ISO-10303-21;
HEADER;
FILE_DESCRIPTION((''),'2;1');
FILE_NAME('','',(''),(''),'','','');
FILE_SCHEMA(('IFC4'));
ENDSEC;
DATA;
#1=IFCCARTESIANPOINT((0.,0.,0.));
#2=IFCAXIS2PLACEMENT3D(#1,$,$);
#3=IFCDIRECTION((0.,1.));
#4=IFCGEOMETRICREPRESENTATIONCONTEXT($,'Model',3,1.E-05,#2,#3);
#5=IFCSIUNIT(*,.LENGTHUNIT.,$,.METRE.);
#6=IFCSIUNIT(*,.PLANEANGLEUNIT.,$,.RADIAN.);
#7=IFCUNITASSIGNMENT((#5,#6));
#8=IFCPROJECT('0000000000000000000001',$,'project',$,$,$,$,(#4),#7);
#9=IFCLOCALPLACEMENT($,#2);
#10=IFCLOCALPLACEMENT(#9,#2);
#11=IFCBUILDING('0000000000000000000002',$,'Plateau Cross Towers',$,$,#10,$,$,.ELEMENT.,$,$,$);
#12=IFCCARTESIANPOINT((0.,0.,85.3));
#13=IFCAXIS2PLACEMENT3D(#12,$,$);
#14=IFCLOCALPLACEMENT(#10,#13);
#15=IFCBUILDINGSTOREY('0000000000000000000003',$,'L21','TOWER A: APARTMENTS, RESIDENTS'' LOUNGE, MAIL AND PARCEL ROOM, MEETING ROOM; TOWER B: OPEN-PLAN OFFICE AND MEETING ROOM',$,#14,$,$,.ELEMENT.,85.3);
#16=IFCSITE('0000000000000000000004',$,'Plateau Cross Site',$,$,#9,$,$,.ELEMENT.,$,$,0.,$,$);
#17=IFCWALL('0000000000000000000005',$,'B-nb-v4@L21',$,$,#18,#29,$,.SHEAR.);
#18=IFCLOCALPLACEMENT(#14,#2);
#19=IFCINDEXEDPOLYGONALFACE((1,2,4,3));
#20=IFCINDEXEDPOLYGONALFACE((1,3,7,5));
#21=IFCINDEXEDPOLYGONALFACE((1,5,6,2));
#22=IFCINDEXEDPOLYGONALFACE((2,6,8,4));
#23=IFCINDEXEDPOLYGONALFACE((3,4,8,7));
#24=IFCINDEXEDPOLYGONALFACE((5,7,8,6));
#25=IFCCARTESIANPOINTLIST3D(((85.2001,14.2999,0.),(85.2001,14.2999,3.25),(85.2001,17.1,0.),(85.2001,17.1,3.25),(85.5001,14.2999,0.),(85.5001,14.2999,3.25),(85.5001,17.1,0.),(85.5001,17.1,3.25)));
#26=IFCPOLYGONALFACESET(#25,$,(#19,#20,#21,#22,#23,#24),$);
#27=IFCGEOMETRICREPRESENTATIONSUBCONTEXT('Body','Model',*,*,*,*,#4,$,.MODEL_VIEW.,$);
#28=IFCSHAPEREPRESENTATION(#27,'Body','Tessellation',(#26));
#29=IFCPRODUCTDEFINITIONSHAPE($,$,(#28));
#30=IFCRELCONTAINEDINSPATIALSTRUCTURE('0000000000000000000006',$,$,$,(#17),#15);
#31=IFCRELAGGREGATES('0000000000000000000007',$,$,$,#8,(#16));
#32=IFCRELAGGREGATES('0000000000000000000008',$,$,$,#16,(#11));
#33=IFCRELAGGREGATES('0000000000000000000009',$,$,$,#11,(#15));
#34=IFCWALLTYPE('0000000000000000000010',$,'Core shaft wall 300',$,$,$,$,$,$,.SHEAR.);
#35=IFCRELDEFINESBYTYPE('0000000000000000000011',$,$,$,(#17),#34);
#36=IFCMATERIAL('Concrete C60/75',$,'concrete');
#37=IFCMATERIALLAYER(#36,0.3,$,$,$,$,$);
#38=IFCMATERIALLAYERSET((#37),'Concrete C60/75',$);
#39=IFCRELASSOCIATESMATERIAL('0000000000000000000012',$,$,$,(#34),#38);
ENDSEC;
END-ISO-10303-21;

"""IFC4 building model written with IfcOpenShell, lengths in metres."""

from ifc_helpers import new_model, si_unit, direction, frame, frame_2d, origin, place, context, subcontext, project, spatial, rectangle, extrude, material, layer, layer_set, type_object, element, save


model = new_model("IFC4")

# Units and contexts
model_context = context("Model", 3, precision=1e-05, world=origin(), true_north=direction((0.0, 1.0)))
body_context = subcontext(model_context, "Body", "Model", "MODEL_VIEW")
ifc_project = project(units=[si_unit("LENGTHUNIT", "METRE"), si_unit("PLANEANGLEUNIT", "RADIAN")], contexts=[model_context])

# Site, building, storey
site_placement = place(None, origin())
site = spatial("IfcSite", under=ifc_project, at=site_placement, Name="Plateau Cross Site", CompositionType="ELEMENT", RefElevation=0.0)
building_placement = place(site_placement, origin())
building = spatial("IfcBuilding", under=site, at=building_placement, Name="Plateau Cross Towers", CompositionType="ELEMENT")
storey_placement = place(building_placement, frame((0.0, 0.0, 85.3)))
storey = spatial("IfcBuildingStorey", under=building, at=storey_placement, Name="L21", Description="TOWER A: APARTMENTS, RESIDENTS' LOUNGE, MAIL AND PARCEL ROOM, MEETING ROOM; TOWER B: OPEN-PLAN OFFICE AND MEETING ROOM", CompositionType="ELEMENT", Elevation=85.3)

# Shared definitions
ifc_material_1 = material(Name="Concrete C60/75", Category="concrete")

# Wall
ifc_layer_1 = layer(ifc_material_1, 0.3)
ifc_layer_set_1 = layer_set([ifc_layer_1], Name="Concrete C60/75")
wall_type_1 = type_object("IfcWallType", Name="Core shaft wall 300", PredefinedType="SHEAR", material=ifc_layer_set_1)
for number, where, z_axis, x_axis, name in (
    (1, (85.3501, 14.3, 0.0), (0.0, 0.0, 1.0), (0.0, 1.0, 0.0), "B-nb-v4@L21"),
):
    element("IfcWall", number, at=place(storey_placement, frame(where, z_axis=z_axis, x_axis=x_axis)), inside=storey, type_object=wall_type_1, Name=name, PredefinedType="SHEAR", context=body_context, shape_type="SweptSolid", body=[
        extrude(rectangle(XDim=2.8, YDim=0.3, at=frame_2d((1.3999, 0.0))), origin(), (0.0, 0.0, 1.0), 3.25),
    ])

save(model, "model.ifc")
